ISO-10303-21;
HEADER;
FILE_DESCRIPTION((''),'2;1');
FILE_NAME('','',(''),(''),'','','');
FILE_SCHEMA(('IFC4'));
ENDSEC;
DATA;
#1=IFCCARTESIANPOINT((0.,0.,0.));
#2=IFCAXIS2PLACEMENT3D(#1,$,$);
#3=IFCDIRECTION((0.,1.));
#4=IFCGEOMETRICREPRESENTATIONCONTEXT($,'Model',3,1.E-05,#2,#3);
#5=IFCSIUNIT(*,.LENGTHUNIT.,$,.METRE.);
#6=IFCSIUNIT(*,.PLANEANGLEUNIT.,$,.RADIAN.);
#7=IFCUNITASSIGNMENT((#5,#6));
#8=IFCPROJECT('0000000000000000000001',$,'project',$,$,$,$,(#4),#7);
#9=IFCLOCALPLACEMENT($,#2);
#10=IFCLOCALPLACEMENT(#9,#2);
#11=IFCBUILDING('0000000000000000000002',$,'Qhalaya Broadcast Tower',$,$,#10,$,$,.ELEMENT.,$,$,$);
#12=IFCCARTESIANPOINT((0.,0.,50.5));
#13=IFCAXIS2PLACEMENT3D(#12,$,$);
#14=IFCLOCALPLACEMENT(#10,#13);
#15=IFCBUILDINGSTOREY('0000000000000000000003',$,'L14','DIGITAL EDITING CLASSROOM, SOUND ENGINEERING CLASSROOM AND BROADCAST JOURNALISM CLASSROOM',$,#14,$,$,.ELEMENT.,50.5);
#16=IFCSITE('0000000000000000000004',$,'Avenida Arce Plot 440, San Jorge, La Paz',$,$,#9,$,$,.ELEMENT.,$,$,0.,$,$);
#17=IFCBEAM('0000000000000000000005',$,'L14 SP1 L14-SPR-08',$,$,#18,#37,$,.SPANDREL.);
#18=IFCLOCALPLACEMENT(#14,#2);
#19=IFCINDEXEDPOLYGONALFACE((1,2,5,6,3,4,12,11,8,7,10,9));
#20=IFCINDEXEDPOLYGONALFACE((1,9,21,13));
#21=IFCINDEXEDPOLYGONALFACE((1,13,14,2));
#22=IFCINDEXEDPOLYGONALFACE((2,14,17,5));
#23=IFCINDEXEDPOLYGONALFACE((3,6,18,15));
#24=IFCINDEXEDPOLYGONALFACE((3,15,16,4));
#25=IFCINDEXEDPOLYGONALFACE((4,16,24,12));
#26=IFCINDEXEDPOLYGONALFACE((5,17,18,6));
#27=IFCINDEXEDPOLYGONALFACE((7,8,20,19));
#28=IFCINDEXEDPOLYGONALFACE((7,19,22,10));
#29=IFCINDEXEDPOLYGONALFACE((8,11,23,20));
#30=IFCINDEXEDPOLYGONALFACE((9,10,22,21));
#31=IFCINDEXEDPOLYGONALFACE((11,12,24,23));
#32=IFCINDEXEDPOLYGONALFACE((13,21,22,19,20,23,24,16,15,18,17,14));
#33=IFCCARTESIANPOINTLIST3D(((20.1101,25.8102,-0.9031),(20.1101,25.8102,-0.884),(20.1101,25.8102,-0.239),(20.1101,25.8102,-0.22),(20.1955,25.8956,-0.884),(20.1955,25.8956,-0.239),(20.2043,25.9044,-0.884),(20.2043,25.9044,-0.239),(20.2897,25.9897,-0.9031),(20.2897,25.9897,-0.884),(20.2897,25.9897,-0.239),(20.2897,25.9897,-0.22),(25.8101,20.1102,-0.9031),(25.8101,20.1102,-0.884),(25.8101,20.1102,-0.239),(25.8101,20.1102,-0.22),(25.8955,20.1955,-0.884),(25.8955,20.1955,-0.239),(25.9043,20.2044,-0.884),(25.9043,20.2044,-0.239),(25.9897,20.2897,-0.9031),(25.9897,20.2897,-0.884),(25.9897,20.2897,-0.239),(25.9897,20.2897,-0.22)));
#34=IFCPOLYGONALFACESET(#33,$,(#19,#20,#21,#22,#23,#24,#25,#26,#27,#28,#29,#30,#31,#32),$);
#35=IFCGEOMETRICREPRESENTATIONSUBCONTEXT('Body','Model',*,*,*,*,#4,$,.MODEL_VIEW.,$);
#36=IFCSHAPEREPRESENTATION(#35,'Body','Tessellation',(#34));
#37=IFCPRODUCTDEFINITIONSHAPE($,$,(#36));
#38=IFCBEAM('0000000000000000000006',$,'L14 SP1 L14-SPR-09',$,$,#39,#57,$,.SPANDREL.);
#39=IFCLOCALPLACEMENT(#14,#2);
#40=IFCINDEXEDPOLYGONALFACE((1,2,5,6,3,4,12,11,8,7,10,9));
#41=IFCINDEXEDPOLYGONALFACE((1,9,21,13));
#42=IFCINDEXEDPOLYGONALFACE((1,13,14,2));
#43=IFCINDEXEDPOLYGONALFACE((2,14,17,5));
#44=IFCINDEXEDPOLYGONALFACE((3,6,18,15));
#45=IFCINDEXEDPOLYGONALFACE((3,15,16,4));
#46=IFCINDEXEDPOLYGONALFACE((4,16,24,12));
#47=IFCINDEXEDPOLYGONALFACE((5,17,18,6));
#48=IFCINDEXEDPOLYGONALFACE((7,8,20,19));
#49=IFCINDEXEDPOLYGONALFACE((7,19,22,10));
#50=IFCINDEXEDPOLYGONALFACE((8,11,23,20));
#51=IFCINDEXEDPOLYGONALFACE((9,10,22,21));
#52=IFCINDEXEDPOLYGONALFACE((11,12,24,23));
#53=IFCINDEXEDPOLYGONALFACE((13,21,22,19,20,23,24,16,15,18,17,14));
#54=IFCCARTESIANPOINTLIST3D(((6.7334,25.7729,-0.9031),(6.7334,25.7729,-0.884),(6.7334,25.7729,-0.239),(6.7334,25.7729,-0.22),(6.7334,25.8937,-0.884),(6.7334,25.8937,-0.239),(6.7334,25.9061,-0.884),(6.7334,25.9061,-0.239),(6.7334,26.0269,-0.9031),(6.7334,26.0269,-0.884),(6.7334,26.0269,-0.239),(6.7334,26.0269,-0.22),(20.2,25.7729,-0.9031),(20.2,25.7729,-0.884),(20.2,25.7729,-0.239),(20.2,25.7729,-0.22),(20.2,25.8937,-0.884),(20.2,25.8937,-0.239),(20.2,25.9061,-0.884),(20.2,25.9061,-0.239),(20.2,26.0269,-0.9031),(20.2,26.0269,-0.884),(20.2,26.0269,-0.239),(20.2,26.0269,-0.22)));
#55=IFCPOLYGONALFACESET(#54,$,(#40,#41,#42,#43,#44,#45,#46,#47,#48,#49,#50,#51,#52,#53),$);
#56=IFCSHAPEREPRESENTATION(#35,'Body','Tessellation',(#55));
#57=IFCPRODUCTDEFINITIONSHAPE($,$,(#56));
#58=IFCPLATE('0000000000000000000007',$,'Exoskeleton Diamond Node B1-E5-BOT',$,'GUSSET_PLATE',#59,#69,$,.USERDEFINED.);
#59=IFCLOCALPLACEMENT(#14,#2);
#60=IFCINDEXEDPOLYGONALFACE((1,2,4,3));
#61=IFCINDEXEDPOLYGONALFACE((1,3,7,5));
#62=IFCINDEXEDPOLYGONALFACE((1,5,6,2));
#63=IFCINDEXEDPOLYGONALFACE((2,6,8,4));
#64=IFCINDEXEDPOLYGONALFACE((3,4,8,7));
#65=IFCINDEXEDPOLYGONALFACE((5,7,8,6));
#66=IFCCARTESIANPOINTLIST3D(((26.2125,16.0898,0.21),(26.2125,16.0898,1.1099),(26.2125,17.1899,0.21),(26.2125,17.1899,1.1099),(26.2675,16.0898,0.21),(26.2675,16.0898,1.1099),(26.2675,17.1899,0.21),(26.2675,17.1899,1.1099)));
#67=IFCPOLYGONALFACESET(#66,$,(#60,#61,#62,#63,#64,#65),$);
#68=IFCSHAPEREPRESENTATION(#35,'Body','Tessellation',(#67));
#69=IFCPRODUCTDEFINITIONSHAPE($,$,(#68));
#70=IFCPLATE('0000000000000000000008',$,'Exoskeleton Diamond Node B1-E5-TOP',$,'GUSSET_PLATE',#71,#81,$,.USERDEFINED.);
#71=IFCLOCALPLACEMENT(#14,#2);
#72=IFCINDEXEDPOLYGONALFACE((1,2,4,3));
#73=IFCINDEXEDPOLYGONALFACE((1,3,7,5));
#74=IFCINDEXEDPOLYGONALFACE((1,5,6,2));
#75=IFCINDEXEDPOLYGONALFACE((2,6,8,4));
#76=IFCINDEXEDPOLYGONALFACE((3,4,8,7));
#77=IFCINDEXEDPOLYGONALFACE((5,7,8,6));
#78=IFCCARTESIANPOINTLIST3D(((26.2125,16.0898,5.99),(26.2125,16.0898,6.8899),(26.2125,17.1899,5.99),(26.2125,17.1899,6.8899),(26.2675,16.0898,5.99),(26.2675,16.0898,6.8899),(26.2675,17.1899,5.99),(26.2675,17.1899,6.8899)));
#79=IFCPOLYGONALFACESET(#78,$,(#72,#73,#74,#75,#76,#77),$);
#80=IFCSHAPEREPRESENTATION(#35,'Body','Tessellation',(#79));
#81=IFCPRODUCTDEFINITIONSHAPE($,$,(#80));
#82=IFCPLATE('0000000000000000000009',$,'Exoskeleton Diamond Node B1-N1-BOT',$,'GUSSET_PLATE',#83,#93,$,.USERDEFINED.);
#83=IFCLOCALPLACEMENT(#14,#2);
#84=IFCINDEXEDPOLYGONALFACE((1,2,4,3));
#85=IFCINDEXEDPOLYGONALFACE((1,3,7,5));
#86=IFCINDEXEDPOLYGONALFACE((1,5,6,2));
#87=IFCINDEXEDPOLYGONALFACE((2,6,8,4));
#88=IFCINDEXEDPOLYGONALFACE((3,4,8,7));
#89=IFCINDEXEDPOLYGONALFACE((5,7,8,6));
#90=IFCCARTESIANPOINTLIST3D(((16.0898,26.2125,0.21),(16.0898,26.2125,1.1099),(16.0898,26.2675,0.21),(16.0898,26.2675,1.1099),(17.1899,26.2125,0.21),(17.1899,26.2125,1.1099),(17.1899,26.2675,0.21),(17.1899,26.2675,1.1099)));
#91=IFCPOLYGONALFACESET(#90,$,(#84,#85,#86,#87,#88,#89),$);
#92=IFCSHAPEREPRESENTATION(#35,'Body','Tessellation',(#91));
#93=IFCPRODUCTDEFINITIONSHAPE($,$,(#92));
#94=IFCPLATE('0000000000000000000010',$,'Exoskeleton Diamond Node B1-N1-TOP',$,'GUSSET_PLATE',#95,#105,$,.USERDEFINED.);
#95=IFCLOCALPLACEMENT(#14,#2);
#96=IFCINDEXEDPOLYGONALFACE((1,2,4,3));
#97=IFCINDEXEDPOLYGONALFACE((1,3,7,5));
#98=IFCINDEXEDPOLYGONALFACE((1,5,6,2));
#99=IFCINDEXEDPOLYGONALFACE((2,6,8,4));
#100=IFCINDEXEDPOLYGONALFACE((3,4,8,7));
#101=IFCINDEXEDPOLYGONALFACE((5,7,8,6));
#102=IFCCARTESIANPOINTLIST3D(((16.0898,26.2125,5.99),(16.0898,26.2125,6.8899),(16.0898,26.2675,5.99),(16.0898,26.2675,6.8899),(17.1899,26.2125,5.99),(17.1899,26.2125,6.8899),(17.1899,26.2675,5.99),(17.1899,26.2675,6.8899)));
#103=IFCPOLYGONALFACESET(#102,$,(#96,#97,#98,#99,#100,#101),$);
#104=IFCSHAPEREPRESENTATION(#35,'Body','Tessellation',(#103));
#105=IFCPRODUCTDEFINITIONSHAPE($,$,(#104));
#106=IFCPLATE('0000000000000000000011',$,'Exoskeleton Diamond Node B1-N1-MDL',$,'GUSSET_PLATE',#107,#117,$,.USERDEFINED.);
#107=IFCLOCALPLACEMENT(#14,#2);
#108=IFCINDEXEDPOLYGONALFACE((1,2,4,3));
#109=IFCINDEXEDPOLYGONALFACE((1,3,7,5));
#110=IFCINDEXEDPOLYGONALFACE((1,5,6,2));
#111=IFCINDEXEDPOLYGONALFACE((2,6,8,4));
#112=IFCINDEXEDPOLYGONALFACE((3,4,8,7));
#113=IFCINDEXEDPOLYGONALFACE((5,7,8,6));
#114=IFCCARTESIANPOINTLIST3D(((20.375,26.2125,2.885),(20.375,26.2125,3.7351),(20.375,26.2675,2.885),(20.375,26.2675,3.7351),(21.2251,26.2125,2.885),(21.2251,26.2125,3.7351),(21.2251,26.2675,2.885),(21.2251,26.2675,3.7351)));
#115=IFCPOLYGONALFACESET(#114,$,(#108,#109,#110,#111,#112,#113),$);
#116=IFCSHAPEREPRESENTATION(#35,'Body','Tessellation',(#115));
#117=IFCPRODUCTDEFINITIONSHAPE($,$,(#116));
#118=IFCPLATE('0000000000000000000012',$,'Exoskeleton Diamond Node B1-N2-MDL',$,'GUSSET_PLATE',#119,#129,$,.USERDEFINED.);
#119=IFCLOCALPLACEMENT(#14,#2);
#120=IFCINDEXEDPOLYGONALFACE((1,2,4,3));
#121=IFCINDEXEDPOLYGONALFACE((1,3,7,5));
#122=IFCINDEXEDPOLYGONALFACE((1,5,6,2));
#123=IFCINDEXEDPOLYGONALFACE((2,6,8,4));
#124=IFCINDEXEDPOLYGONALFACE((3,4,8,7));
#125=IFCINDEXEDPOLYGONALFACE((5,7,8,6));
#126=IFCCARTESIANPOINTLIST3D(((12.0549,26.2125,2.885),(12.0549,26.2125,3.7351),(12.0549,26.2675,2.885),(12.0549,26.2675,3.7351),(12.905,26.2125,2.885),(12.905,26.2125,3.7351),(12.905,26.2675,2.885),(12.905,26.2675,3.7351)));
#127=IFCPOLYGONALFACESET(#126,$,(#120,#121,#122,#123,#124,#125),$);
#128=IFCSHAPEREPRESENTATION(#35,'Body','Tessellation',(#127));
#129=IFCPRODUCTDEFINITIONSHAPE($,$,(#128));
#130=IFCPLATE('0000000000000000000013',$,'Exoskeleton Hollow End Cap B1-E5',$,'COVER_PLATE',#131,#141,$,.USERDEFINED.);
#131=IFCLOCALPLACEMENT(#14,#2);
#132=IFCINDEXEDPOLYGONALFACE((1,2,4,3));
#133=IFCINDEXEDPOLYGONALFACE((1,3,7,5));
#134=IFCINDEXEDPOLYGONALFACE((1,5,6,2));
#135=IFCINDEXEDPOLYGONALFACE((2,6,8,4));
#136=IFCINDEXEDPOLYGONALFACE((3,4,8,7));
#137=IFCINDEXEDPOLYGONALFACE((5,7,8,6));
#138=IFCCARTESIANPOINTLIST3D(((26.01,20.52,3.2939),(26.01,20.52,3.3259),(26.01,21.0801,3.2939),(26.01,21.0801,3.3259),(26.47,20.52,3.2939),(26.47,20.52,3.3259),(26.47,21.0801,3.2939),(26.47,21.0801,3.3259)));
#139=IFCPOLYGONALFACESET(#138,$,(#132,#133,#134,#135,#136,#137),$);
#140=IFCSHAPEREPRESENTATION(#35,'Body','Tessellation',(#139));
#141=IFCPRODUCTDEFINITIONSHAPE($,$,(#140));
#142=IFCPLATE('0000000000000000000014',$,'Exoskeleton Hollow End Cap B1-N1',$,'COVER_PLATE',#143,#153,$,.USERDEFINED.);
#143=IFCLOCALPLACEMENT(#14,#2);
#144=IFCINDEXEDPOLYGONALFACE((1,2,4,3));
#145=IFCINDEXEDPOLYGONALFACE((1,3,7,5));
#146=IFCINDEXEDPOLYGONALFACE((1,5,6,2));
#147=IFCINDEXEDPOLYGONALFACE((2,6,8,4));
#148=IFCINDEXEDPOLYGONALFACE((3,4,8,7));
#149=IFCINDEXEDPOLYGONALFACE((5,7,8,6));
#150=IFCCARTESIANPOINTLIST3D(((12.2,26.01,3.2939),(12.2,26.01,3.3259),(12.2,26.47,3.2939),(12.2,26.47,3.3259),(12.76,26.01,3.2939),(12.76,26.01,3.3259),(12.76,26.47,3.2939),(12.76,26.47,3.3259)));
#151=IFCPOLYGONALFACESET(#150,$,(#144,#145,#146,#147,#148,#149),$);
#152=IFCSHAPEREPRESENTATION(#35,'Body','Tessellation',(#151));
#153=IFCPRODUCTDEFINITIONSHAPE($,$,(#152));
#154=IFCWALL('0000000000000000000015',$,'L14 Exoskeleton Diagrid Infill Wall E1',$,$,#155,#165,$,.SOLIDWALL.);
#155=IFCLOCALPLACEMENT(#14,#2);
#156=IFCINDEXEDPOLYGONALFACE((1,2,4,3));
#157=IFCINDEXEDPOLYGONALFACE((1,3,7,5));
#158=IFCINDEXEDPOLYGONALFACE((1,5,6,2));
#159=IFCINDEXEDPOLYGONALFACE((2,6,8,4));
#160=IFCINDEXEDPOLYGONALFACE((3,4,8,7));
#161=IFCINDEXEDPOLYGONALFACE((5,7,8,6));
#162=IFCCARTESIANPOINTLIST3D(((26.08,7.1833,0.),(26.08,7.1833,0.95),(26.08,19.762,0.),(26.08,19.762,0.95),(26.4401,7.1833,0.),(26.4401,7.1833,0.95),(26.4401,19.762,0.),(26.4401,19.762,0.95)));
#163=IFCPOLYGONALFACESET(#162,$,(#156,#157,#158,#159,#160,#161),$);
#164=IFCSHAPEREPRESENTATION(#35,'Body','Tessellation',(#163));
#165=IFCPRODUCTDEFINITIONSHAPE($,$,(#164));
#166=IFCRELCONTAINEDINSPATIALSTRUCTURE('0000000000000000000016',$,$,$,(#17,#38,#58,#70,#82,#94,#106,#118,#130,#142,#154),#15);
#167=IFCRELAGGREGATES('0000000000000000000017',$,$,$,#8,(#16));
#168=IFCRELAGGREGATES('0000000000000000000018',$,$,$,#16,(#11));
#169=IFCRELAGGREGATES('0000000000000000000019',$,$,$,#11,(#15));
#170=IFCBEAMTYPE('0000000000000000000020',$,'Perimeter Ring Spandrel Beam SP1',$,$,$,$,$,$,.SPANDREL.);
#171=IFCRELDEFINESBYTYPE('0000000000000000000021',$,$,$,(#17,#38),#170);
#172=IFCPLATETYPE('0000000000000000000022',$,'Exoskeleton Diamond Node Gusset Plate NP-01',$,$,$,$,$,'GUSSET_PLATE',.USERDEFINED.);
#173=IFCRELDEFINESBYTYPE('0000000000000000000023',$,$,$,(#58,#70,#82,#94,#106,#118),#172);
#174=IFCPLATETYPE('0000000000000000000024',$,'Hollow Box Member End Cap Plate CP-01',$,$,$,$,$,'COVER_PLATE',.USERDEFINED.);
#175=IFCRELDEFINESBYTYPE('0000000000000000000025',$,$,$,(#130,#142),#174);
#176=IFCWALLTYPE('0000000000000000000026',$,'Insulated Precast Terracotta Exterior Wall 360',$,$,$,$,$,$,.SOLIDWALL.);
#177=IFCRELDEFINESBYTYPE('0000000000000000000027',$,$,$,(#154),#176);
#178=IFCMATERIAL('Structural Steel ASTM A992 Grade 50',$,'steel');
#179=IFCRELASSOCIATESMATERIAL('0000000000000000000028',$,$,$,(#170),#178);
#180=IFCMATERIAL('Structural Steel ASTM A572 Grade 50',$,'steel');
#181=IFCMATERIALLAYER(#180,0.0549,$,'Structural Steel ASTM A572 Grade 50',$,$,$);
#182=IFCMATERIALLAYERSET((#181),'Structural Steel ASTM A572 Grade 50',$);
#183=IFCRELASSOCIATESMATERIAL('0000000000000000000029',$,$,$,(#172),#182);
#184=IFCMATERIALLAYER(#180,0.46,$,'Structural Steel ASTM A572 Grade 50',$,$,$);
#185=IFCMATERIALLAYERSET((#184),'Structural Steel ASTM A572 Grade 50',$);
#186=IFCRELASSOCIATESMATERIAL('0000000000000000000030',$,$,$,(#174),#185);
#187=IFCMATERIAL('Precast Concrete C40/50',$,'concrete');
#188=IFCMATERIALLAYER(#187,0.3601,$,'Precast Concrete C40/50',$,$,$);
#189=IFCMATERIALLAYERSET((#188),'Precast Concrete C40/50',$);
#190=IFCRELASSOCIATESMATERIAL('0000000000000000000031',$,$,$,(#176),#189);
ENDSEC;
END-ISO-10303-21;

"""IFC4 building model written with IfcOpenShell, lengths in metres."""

from ifc_helpers import new_model, si_unit, direction, frame, frame_2d, origin, origin_2d, place, context, subcontext, project, spatial, rectangle, i_section, extrude, material, layer, layer_set, material_profile, profile_set, type_object, element, save


model = new_model("IFC4")

# Units and contexts
model_context = context("Model", 3, precision=1e-05, world=origin(), true_north=direction((0.0, 1.0)))
body_context = subcontext(model_context, "Body", "Model", "MODEL_VIEW")
ifc_project = project(units=[si_unit("LENGTHUNIT", "METRE"), si_unit("PLANEANGLEUNIT", "RADIAN")], contexts=[model_context])

# Site, building, storey
site_placement = place(None, origin())
site = spatial("IfcSite", under=ifc_project, at=site_placement, Name="Avenida Arce Plot 440, San Jorge, La Paz", CompositionType="ELEMENT", RefElevation=0.0)
building_placement = place(site_placement, origin())
building = spatial("IfcBuilding", under=site, at=building_placement, Name="Qhalaya Broadcast Tower", CompositionType="ELEMENT")
storey_placement = place(building_placement, frame((0.0, 0.0, 50.5)))
storey = spatial("IfcBuildingStorey", under=building, at=storey_placement, Name="L14", Description="DIGITAL EDITING CLASSROOM, SOUND ENGINEERING CLASSROOM AND BROADCAST JOURNALISM CLASSROOM", CompositionType="ELEMENT", Elevation=50.5)

# Shared definitions
ifc_material_1 = material(Name="Structural Steel ASTM A992 Grade 50", Category="steel")
ifc_material_2 = material(Name="Structural Steel ASTM A572 Grade 50", Category="steel")

# Beams
ifc_material_profile_1 = material_profile(ifc_material_1, i_section(OverallWidth=0.2539, OverallDepth=0.6831, WebThickness=0.0125, FlangeThickness=0.019, at=origin_2d()), Name="W27X94")
ifc_profile_set_1 = profile_set([ifc_material_profile_1], Name="Structural Steel ASTM A992 Grade 50")
beam_type = type_object("IfcBeamType", Name="Perimeter Ring Spandrel Beam SP1", PredefinedType="SPANDREL", material=ifc_profile_set_1)
beam_1_placement = place(storey_placement, frame((25.8999, 20.2, -0.5615), z_axis=(-0.707107, 0.707107, 0.0), x_axis=(-0.707107, -0.707107, 0.0)))
element("IfcBeam", 1, at=beam_1_placement, inside=storey, type_object=beam_type, Name="L14 SP1 L14-SPR-08", PredefinedType="SPANDREL", context=body_context, shape_type="SweptSolid", body=[
    extrude(i_section(OverallWidth=0.2539, OverallDepth=0.6831, WebThickness=0.0125, FlangeThickness=0.019, at=origin_2d()), origin(), (0.0, 0.0, 1.0), 8.061),
])
beam_2_placement = place(storey_placement, frame((20.2, 25.8999, -0.5615), z_axis=(-1.0, 0.0, 0.0), x_axis=(0.0, -1.0, 0.0)))
element("IfcBeam", 2, at=beam_2_placement, inside=storey, type_object=beam_type, Name="L14 SP1 L14-SPR-09", PredefinedType="SPANDREL", context=body_context, shape_type="SweptSolid", body=[
    extrude(i_section(OverallWidth=0.2539, OverallDepth=0.6831, WebThickness=0.0125, FlangeThickness=0.019, at=origin_2d()), origin(), (0.0, 0.0, 1.0), 13.4666),
])

# Plates
ifc_layer_1 = layer(ifc_material_2, 0.0549, Name="Structural Steel ASTM A572 Grade 50")
ifc_layer_set_1 = layer_set([ifc_layer_1], Name="Structural Steel ASTM A572 Grade 50")
plate_type_1 = type_object("IfcPlateType", Name="Exoskeleton Diamond Node Gusset Plate NP-01", ElementType="GUSSET_PLATE", PredefinedType="USERDEFINED", material=ifc_layer_set_1)
for number, where, z_axis, x_axis, name in (
    (3, (26.24, 16.6399, 0.21), (0.0, 0.0, 1.0), (0.0, 1.0, 0.0), "Exoskeleton Diamond Node B1-E5-BOT"),
    (4, (26.24, 16.6399, 5.99), (0.0, 0.0, 1.0), (0.0, 1.0, 0.0), "Exoskeleton Diamond Node B1-E5-TOP"),
    (5, (16.6399, 26.24, 0.21), (0.0, 0.0, 1.0), (1.0, 0.0, 0.0), "Exoskeleton Diamond Node B1-N1-BOT"),
    (6, (16.6399, 26.24, 5.99), (0.0, 0.0, 1.0), (1.0, 0.0, 0.0), "Exoskeleton Diamond Node B1-N1-TOP"),
):
    element("IfcPlate", number, at=place(storey_placement, frame(where, z_axis=z_axis, x_axis=x_axis)), inside=storey, type_object=plate_type_1, Name=name, ObjectType="GUSSET_PLATE", PredefinedType="USERDEFINED", context=body_context, shape_type="SweptSolid", body=[
        extrude(rectangle(XDim=1.1001, YDim=0.0549, at=origin_2d()), origin(), (0.0, 0.0, 1.0), 0.8999),
    ])
for number, where, z_axis, x_axis, name in (
    (7, (20.8, 26.24, 2.885), (0.0, 0.0, 1.0), (1.0, 0.0, 0.0), "Exoskeleton Diamond Node B1-N1-MDL"),
    (8, (12.48, 26.24, 2.885), (0.0, 0.0, 1.0), (1.0, 0.0, 0.0), "Exoskeleton Diamond Node B1-N2-MDL"),
):
    element("IfcPlate", number, at=place(storey_placement, frame(where, z_axis=z_axis, x_axis=x_axis)), inside=storey, type_object=plate_type_1, Name=name, ObjectType="GUSSET_PLATE", PredefinedType="USERDEFINED", context=body_context, shape_type="SweptSolid", body=[
        extrude(rectangle(XDim=0.8501, YDim=0.0549, at=origin_2d()), origin(), (0.0, 0.0, 1.0), 0.8501),
    ])
ifc_layer_2 = layer(ifc_material_2, 0.46, Name="Structural Steel ASTM A572 Grade 50")
ifc_layer_set_2 = layer_set([ifc_layer_2], Name="Structural Steel ASTM A572 Grade 50")
plate_type_2 = type_object("IfcPlateType", Name="Hollow Box Member End Cap Plate CP-01", ElementType="COVER_PLATE", PredefinedType="USERDEFINED", material=ifc_layer_set_2)
for number, where, z_axis, x_axis, name in (
    (9, (26.24, 20.8, 3.2939), (0.0, 0.0, 1.0), (0.0, 1.0, 0.0), "Exoskeleton Hollow End Cap B1-E5"),
    (10, (12.48, 26.24, 3.2939), (0.0, 0.0, 1.0), (1.0, 0.0, 0.0), "Exoskeleton Hollow End Cap B1-N1"),
):
    element("IfcPlate", number, at=place(storey_placement, frame(where, z_axis=z_axis, x_axis=x_axis)), inside=storey, type_object=plate_type_2, Name=name, ObjectType="COVER_PLATE", PredefinedType="USERDEFINED", context=body_context, shape_type="SweptSolid", body=[
        extrude(rectangle(XDim=0.5601, YDim=0.46, at=origin_2d()), origin(), (0.0, 0.0, 1.0), 0.032),
    ])

# Wall
ifc_material_3 = material(Name="Precast Concrete C40/50", Category="concrete")
ifc_layer_3 = layer(ifc_material_3, 0.3601, Name="Precast Concrete C40/50")
ifc_layer_set_3 = layer_set([ifc_layer_3], Name="Precast Concrete C40/50")
wall_type = type_object("IfcWallType", Name="Insulated Precast Terracotta Exterior Wall 360", PredefinedType="SOLIDWALL", material=ifc_layer_set_3)
wall_placement = place(storey_placement, frame((26.26, 19.762, 0.0), z_axis=(0.0, 0.0, 1.0), x_axis=(0.0, -1.0, 0.0)))
element("IfcWall", 11, at=wall_placement, inside=storey, type_object=wall_type, Name="L14 Exoskeleton Diagrid Infill Wall E1", PredefinedType="SOLIDWALL", context=body_context, shape_type="SweptSolid", body=[
    extrude(rectangle(XDim=12.5786, YDim=0.3601, at=frame_2d((6.2893, 0.0))), origin(), (0.0, 0.0, 1.0), 0.95),
])

save(model, "model.ifc")
